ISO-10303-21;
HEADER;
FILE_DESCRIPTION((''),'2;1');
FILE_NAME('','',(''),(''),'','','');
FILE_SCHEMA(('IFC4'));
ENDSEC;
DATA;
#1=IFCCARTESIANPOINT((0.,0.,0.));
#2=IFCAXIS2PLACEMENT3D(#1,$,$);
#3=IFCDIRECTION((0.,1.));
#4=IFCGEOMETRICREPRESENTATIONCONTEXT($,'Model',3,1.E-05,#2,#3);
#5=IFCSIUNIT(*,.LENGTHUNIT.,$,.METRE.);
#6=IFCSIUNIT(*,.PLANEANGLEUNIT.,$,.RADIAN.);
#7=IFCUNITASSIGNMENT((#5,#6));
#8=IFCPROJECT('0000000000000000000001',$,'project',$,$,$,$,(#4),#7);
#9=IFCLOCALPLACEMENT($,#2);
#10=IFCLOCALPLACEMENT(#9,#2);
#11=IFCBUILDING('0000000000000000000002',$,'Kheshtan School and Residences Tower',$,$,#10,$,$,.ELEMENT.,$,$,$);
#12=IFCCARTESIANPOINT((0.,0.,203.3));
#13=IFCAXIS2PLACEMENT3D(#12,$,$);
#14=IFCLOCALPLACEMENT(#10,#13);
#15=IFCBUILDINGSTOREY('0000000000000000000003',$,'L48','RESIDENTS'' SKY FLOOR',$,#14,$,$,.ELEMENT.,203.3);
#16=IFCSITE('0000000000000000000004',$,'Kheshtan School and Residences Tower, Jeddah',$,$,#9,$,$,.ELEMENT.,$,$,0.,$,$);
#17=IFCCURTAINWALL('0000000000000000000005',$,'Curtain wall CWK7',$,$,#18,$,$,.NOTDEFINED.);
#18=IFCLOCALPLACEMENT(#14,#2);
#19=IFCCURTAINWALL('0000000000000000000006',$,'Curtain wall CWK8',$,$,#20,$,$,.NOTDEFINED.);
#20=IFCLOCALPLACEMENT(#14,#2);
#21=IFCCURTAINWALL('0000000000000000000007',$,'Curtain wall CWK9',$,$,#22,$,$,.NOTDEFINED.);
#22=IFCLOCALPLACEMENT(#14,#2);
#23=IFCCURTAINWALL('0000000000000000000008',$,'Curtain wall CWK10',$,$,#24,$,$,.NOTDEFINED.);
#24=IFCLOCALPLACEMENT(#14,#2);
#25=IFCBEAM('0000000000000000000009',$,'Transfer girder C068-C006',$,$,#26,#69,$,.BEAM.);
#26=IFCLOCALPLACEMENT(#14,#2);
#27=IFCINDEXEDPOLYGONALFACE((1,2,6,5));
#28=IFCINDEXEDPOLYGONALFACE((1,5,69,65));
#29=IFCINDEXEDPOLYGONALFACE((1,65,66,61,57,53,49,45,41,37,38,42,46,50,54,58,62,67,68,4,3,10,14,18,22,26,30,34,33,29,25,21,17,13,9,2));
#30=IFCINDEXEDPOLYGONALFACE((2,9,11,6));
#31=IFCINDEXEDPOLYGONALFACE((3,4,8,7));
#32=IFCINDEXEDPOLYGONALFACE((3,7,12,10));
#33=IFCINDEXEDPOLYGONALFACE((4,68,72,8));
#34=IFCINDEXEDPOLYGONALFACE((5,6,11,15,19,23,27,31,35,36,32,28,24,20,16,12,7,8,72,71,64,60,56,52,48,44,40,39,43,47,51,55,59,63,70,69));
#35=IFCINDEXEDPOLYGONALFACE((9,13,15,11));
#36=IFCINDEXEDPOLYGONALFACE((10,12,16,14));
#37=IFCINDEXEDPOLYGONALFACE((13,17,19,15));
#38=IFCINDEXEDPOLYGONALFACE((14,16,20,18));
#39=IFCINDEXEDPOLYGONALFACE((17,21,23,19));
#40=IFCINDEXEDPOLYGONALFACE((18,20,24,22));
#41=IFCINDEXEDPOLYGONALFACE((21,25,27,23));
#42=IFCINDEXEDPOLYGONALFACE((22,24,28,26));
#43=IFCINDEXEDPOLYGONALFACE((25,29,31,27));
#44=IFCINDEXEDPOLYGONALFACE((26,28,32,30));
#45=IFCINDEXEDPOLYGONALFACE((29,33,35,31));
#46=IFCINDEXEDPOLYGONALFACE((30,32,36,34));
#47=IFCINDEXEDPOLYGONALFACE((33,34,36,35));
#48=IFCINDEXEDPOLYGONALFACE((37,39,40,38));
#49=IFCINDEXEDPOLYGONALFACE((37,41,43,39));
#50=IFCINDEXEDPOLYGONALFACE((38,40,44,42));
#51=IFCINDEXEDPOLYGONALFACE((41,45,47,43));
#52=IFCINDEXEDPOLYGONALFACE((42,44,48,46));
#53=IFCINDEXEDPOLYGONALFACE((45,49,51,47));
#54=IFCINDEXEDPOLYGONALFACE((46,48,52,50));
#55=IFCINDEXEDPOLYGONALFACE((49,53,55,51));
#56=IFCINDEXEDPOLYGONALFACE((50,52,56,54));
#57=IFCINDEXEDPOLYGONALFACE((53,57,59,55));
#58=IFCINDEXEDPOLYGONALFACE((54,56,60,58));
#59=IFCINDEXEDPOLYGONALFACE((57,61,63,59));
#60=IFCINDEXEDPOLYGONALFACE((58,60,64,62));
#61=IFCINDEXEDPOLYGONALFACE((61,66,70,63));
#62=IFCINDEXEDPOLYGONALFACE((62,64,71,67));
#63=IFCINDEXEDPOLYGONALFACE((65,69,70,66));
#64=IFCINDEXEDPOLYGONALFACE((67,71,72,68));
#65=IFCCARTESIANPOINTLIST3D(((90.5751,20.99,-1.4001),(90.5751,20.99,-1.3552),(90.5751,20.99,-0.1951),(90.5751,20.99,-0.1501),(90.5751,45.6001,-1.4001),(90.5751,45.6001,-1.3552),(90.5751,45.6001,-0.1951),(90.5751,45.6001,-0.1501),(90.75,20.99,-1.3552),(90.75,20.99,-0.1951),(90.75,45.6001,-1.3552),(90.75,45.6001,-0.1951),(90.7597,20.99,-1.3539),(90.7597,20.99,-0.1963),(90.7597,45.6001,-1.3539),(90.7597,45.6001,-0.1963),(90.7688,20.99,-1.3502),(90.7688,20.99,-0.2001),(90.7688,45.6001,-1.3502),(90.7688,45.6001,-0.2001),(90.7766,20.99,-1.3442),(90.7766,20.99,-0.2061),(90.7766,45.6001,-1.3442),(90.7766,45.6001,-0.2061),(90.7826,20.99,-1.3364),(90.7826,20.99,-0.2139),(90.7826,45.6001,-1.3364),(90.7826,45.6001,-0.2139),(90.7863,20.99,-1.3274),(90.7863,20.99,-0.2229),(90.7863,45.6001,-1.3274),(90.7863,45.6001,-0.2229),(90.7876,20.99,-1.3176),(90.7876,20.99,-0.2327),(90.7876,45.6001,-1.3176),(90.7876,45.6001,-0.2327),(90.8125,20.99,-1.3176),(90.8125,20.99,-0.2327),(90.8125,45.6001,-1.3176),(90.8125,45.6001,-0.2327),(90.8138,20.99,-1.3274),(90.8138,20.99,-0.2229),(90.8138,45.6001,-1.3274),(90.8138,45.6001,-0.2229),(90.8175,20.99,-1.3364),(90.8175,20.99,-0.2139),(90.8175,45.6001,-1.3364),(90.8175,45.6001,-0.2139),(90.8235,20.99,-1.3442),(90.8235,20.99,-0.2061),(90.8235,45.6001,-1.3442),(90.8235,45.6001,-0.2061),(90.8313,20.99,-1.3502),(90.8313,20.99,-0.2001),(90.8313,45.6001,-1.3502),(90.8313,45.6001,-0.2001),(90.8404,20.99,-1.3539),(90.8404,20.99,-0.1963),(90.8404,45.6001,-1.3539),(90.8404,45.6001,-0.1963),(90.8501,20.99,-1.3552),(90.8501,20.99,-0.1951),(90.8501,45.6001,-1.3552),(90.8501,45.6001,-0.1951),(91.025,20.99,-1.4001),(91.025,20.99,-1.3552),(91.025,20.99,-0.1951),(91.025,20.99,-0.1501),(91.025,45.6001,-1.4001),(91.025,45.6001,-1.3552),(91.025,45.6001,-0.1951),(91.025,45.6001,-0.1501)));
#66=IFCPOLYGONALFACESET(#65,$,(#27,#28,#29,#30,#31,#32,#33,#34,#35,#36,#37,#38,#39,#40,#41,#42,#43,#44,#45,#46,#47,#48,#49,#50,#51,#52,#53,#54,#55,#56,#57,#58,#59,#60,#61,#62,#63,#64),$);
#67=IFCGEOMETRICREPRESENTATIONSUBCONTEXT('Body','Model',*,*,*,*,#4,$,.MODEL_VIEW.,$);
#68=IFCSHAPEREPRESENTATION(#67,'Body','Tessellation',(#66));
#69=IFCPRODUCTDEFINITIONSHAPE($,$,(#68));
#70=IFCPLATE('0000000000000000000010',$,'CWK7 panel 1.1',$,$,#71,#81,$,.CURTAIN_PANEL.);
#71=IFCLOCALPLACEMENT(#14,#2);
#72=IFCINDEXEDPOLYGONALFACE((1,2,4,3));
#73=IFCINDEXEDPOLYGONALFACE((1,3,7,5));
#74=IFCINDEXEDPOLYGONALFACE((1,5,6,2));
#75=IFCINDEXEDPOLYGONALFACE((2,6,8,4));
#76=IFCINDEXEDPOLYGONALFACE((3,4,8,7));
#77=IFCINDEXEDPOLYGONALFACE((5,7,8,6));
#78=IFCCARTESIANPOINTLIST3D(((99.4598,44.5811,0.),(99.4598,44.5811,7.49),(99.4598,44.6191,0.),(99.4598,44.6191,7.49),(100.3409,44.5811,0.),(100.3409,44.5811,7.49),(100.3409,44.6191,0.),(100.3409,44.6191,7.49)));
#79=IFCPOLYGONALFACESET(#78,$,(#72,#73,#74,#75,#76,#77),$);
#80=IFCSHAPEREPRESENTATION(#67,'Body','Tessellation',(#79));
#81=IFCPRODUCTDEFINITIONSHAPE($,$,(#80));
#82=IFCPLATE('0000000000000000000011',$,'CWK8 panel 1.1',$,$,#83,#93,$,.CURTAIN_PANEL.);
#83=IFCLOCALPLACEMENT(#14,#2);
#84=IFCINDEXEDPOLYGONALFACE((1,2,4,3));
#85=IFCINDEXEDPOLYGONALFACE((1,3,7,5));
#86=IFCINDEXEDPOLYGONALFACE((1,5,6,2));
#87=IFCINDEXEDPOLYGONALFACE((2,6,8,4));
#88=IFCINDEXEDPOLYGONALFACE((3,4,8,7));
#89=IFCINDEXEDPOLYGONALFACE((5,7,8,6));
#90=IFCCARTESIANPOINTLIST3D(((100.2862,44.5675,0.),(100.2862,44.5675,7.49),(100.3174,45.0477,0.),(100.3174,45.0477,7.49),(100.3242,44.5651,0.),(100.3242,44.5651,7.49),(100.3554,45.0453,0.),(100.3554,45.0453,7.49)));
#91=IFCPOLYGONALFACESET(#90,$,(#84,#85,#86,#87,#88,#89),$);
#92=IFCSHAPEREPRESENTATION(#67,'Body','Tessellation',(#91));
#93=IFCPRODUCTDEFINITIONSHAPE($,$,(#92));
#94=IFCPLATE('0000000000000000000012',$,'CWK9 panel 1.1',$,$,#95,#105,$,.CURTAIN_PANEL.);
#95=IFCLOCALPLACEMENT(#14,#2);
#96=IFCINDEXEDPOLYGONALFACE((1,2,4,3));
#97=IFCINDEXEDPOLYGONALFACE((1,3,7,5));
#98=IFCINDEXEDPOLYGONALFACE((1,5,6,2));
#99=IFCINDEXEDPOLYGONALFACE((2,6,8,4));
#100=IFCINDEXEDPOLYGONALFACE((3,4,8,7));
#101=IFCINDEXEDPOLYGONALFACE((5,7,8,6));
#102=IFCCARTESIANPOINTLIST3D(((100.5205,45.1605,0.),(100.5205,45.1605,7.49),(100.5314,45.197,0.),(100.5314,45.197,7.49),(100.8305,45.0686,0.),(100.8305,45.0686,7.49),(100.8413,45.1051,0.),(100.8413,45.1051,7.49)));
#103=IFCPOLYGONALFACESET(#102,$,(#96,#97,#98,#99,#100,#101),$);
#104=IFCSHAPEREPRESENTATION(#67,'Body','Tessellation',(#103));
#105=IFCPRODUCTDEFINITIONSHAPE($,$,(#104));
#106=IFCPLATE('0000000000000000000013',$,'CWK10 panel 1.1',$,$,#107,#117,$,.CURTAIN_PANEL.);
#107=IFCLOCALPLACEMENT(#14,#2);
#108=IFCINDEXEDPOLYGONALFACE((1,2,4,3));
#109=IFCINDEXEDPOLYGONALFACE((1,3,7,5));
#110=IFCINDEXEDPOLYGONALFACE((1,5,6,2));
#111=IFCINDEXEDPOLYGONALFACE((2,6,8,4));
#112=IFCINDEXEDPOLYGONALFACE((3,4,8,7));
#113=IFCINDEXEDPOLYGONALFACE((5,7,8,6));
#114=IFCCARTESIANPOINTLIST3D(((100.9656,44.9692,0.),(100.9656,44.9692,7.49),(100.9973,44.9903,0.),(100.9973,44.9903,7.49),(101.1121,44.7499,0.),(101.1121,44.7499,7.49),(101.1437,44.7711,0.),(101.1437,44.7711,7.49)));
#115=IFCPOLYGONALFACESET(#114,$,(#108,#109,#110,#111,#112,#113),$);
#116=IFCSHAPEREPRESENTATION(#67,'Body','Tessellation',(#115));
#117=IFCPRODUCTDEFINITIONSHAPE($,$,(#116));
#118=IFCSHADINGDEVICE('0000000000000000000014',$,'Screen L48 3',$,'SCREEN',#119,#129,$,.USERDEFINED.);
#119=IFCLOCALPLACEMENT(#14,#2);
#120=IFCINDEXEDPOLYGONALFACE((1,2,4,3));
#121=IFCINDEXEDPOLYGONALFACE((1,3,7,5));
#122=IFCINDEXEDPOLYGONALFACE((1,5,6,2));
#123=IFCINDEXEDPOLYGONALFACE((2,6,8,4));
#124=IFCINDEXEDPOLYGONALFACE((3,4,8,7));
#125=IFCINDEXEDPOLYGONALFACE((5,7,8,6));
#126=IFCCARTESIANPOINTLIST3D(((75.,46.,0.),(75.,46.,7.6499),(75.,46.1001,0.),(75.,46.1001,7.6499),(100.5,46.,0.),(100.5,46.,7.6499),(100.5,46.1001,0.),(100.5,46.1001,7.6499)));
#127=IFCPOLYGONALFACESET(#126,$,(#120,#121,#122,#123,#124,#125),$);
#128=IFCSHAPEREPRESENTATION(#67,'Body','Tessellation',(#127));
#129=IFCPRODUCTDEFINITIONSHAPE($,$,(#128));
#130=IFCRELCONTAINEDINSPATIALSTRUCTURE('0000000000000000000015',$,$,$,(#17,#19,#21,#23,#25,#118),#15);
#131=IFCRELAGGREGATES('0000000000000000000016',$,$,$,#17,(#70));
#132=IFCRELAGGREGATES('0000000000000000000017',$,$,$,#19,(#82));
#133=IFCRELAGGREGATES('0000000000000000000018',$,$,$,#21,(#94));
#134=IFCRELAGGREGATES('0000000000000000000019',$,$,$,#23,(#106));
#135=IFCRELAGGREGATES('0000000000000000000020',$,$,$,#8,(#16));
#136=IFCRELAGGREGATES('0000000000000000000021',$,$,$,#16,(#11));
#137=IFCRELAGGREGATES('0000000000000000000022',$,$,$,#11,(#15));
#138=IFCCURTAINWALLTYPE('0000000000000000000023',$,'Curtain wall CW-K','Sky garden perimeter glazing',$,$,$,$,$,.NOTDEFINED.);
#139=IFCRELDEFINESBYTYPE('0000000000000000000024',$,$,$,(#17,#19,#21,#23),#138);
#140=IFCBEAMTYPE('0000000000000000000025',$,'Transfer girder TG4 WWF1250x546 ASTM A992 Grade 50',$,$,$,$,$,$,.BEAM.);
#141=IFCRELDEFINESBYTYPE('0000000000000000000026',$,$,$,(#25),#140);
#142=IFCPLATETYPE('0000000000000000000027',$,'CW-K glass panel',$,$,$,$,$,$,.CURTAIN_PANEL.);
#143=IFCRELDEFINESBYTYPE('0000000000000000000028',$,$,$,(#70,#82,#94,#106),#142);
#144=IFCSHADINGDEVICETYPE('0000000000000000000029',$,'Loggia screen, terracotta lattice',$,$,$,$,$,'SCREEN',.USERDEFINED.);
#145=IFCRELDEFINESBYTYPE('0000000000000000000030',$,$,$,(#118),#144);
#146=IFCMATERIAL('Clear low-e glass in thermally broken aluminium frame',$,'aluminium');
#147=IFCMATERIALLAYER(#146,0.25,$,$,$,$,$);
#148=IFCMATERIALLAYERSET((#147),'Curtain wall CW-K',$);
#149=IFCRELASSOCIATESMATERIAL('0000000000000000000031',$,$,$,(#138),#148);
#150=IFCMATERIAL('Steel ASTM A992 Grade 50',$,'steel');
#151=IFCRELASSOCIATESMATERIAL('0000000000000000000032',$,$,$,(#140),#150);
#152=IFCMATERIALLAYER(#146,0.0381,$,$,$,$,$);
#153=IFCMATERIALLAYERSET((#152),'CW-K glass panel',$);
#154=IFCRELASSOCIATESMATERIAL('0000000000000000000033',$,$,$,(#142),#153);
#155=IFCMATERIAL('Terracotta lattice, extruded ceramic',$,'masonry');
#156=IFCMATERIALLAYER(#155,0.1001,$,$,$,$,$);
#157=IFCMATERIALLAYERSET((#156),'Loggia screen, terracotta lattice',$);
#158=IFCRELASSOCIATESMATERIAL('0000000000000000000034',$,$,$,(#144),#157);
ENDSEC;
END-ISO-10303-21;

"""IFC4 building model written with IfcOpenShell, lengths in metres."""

from ifc_helpers import new_model, si_unit, direction, frame, origin, origin_2d, place, context, subcontext, project, spatial, rectangle, i_section, extrude, material, layer, layer_set, material_profile, profile_set, type_object, element, aggregate, save


model = new_model("IFC4")

# Units and contexts
model_context = context("Model", 3, precision=1e-05, world=origin(), true_north=direction((0.0, 1.0)))
body_context = subcontext(model_context, "Body", "Model", "MODEL_VIEW")
ifc_project = project(units=[si_unit("LENGTHUNIT", "METRE"), si_unit("PLANEANGLEUNIT", "RADIAN")], contexts=[model_context])

# Site, building, storey
site_placement = place(None, origin())
site = spatial("IfcSite", under=ifc_project, at=site_placement, Name="Kheshtan School and Residences Tower, Jeddah", CompositionType="ELEMENT", RefElevation=0.0)
building_placement = place(site_placement, origin())
building = spatial("IfcBuilding", under=site, at=building_placement, Name="Kheshtan School and Residences Tower", CompositionType="ELEMENT")
storey_placement = place(building_placement, frame((0.0, 0.0, 203.3)))
storey = spatial("IfcBuildingStorey", under=building, at=storey_placement, Name="L48", Description="RESIDENTS' SKY FLOOR", CompositionType="ELEMENT", Elevation=203.3)

# Shared definitions
ifc_material_1 = material(Name="Steel ASTM A992 Grade 50", Category="steel")

# Curtain walls
ifc_material_2 = material(Name="Clear low-e glass in thermally broken aluminium frame", Category="aluminium")
ifc_layer_1 = layer(ifc_material_2, 0.25)
ifc_layer_set_1 = layer_set([ifc_layer_1], Name="Curtain wall CW-K")
curtain_wall_type = type_object("IfcCurtainWallType", Name="Curtain wall CW-K", Description="Sky garden perimeter glazing", PredefinedType="NOTDEFINED", material=ifc_layer_set_1)
curtain_wall_1_placement = place(storey_placement, origin())
curtain_wall_1 = element("IfcCurtainWall", 1, at=curtain_wall_1_placement, inside=storey, type_object=curtain_wall_type, Name="Curtain wall CWK7", PredefinedType="NOTDEFINED")
curtain_wall_2_placement = place(storey_placement, origin())
curtain_wall_2 = element("IfcCurtainWall", 2, at=curtain_wall_2_placement, inside=storey, type_object=curtain_wall_type, Name="Curtain wall CWK8", PredefinedType="NOTDEFINED")

# Curtain walls
curtain_wall_3_placement = place(storey_placement, origin())
curtain_wall_3 = element("IfcCurtainWall", 3, at=curtain_wall_3_placement, inside=storey, type_object=curtain_wall_type, Name="Curtain wall CWK9", PredefinedType="NOTDEFINED")
curtain_wall_4_placement = place(storey_placement, origin())
curtain_wall_4 = element("IfcCurtainWall", 4, at=curtain_wall_4_placement, inside=storey, type_object=curtain_wall_type, Name="Curtain wall CWK10", PredefinedType="NOTDEFINED")

# Beam
ifc_material_profile_1 = material_profile(ifc_material_1, i_section(OverallWidth=0.45, OverallDepth=1.25, WebThickness=0.0249, FlangeThickness=0.0449, FilletRadius=0.0376, at=origin_2d()), Name="WWF1250x546")
ifc_profile_set_1 = profile_set([ifc_material_profile_1], Name="Steel ASTM A992 Grade 50")
beam_type_1 = type_object("IfcBeamType", Name="Transfer girder TG4 WWF1250x546 ASTM A992 Grade 50", PredefinedType="BEAM", material=ifc_profile_set_1)
beam_1_placement = place(storey_placement, frame((90.8, 45.6001, -0.7751), z_axis=(0.0, -1.0, 0.0), x_axis=(1.0, 0.0, 0.0)))
element("IfcBeam", 5, at=beam_1_placement, inside=storey, type_object=beam_type_1, Name="Transfer girder C068-C006", PredefinedType="BEAM", context=body_context, shape_type="SweptSolid", body=[
    extrude(i_section(OverallWidth=0.45, OverallDepth=1.25, WebThickness=0.0249, FlangeThickness=0.0449, FilletRadius=0.0376, at=origin_2d()), origin(), (0.0, 0.0, 1.0), 24.6101),
])

# Plates
ifc_layer_2 = layer(ifc_material_2, 0.0381)
ifc_layer_set_2 = layer_set([ifc_layer_2], Name="CW-K glass panel")
plate_type = type_object("IfcPlateType", Name="CW-K glass panel", PredefinedType="CURTAIN_PANEL", material=ifc_layer_set_2)
plate_1_placement = place(storey_placement, frame((99.9004, 44.6001, 0.0), z_axis=(0.0, 0.0, 1.0), x_axis=(1.0, 0.0, 0.0)))
plate_1 = element("IfcPlate", 6, at=plate_1_placement, type_object=plate_type, Name="CWK7 panel 1.1", PredefinedType="CURTAIN_PANEL", context=body_context, shape_type="SweptSolid", body=[
    extrude(rectangle(XDim=0.8811, YDim=0.0381, at=origin_2d()), origin(), (0.0, 0.0, 1.0), 7.49),
])
aggregate(curtain_wall_1, [plate_1])
plate_2_placement = place(storey_placement, frame((100.3208, 44.8064, 0.0), z_axis=(0.0, 0.0, 1.0), x_axis=(0.064863, 0.997894, 0.0)))
plate_2 = element("IfcPlate", 7, at=plate_2_placement, type_object=plate_type, Name="CWK8 panel 1.1", PredefinedType="CURTAIN_PANEL", context=body_context, shape_type="SweptSolid", body=[
    extrude(rectangle(XDim=0.4812, YDim=0.0381, at=origin_2d()), origin(), (0.0, 0.0, 1.0), 7.49),
])
aggregate(curtain_wall_2, [plate_2])
plate_3_placement = place(storey_placement, frame((100.6809, 45.1328, 0.0), z_axis=(0.0, 0.0, 1.0), x_axis=(0.958753, -0.284242, 0.0)))
plate_3 = element("IfcPlate", 8, at=plate_3_placement, type_object=plate_type, Name="CWK9 panel 1.1", PredefinedType="CURTAIN_PANEL", context=body_context, shape_type="SweptSolid", body=[
    extrude(rectangle(XDim=0.3232, YDim=0.0381, at=origin_2d()), origin(), (0.0, 0.0, 1.0), 7.49),
])
aggregate(curtain_wall_3, [plate_3])
plate_4_placement = place(storey_placement, frame((101.0547, 44.8701, 0.0), z_axis=(0.0, 0.0, 1.0), x_axis=(0.555302, -0.831649, 0.0)))
plate_4 = element("IfcPlate", 9, at=plate_4_placement, type_object=plate_type, Name="CWK10 panel 1.1", PredefinedType="CURTAIN_PANEL", context=body_context, shape_type="SweptSolid", body=[
    extrude(rectangle(XDim=0.2637, YDim=0.0381, at=origin_2d()), origin(), (0.0, 0.0, 1.0), 7.49),
])
aggregate(curtain_wall_4, [plate_4])

# Shading device
ifc_material_3 = material(Name="Terracotta lattice, extruded ceramic", Category="masonry")
ifc_layer_3 = layer(ifc_material_3, 0.1001)
ifc_layer_set_3 = layer_set([ifc_layer_3], Name="Loggia screen, terracotta lattice")
shading_device_type = type_object("IfcShadingDeviceType", Name="Loggia screen, terracotta lattice", ElementType="SCREEN", PredefinedType="USERDEFINED", material=ifc_layer_set_3)
shading_device_placement = place(storey_placement, frame((87.75, 46.05, 0.0), z_axis=(0.0, 0.0, 1.0), x_axis=(1.0, 0.0, 0.0)))
element("IfcShadingDevice", 10, at=shading_device_placement, inside=storey, type_object=shading_device_type, Name="Screen L48 3", ObjectType="SCREEN", PredefinedType="USERDEFINED", context=body_context, shape_type="SweptSolid", body=[
    extrude(rectangle(XDim=25.5, YDim=0.1001, at=origin_2d()), origin(), (0.0, 0.0, 1.0), 7.6499),
])

save(model, "model.ifc")
